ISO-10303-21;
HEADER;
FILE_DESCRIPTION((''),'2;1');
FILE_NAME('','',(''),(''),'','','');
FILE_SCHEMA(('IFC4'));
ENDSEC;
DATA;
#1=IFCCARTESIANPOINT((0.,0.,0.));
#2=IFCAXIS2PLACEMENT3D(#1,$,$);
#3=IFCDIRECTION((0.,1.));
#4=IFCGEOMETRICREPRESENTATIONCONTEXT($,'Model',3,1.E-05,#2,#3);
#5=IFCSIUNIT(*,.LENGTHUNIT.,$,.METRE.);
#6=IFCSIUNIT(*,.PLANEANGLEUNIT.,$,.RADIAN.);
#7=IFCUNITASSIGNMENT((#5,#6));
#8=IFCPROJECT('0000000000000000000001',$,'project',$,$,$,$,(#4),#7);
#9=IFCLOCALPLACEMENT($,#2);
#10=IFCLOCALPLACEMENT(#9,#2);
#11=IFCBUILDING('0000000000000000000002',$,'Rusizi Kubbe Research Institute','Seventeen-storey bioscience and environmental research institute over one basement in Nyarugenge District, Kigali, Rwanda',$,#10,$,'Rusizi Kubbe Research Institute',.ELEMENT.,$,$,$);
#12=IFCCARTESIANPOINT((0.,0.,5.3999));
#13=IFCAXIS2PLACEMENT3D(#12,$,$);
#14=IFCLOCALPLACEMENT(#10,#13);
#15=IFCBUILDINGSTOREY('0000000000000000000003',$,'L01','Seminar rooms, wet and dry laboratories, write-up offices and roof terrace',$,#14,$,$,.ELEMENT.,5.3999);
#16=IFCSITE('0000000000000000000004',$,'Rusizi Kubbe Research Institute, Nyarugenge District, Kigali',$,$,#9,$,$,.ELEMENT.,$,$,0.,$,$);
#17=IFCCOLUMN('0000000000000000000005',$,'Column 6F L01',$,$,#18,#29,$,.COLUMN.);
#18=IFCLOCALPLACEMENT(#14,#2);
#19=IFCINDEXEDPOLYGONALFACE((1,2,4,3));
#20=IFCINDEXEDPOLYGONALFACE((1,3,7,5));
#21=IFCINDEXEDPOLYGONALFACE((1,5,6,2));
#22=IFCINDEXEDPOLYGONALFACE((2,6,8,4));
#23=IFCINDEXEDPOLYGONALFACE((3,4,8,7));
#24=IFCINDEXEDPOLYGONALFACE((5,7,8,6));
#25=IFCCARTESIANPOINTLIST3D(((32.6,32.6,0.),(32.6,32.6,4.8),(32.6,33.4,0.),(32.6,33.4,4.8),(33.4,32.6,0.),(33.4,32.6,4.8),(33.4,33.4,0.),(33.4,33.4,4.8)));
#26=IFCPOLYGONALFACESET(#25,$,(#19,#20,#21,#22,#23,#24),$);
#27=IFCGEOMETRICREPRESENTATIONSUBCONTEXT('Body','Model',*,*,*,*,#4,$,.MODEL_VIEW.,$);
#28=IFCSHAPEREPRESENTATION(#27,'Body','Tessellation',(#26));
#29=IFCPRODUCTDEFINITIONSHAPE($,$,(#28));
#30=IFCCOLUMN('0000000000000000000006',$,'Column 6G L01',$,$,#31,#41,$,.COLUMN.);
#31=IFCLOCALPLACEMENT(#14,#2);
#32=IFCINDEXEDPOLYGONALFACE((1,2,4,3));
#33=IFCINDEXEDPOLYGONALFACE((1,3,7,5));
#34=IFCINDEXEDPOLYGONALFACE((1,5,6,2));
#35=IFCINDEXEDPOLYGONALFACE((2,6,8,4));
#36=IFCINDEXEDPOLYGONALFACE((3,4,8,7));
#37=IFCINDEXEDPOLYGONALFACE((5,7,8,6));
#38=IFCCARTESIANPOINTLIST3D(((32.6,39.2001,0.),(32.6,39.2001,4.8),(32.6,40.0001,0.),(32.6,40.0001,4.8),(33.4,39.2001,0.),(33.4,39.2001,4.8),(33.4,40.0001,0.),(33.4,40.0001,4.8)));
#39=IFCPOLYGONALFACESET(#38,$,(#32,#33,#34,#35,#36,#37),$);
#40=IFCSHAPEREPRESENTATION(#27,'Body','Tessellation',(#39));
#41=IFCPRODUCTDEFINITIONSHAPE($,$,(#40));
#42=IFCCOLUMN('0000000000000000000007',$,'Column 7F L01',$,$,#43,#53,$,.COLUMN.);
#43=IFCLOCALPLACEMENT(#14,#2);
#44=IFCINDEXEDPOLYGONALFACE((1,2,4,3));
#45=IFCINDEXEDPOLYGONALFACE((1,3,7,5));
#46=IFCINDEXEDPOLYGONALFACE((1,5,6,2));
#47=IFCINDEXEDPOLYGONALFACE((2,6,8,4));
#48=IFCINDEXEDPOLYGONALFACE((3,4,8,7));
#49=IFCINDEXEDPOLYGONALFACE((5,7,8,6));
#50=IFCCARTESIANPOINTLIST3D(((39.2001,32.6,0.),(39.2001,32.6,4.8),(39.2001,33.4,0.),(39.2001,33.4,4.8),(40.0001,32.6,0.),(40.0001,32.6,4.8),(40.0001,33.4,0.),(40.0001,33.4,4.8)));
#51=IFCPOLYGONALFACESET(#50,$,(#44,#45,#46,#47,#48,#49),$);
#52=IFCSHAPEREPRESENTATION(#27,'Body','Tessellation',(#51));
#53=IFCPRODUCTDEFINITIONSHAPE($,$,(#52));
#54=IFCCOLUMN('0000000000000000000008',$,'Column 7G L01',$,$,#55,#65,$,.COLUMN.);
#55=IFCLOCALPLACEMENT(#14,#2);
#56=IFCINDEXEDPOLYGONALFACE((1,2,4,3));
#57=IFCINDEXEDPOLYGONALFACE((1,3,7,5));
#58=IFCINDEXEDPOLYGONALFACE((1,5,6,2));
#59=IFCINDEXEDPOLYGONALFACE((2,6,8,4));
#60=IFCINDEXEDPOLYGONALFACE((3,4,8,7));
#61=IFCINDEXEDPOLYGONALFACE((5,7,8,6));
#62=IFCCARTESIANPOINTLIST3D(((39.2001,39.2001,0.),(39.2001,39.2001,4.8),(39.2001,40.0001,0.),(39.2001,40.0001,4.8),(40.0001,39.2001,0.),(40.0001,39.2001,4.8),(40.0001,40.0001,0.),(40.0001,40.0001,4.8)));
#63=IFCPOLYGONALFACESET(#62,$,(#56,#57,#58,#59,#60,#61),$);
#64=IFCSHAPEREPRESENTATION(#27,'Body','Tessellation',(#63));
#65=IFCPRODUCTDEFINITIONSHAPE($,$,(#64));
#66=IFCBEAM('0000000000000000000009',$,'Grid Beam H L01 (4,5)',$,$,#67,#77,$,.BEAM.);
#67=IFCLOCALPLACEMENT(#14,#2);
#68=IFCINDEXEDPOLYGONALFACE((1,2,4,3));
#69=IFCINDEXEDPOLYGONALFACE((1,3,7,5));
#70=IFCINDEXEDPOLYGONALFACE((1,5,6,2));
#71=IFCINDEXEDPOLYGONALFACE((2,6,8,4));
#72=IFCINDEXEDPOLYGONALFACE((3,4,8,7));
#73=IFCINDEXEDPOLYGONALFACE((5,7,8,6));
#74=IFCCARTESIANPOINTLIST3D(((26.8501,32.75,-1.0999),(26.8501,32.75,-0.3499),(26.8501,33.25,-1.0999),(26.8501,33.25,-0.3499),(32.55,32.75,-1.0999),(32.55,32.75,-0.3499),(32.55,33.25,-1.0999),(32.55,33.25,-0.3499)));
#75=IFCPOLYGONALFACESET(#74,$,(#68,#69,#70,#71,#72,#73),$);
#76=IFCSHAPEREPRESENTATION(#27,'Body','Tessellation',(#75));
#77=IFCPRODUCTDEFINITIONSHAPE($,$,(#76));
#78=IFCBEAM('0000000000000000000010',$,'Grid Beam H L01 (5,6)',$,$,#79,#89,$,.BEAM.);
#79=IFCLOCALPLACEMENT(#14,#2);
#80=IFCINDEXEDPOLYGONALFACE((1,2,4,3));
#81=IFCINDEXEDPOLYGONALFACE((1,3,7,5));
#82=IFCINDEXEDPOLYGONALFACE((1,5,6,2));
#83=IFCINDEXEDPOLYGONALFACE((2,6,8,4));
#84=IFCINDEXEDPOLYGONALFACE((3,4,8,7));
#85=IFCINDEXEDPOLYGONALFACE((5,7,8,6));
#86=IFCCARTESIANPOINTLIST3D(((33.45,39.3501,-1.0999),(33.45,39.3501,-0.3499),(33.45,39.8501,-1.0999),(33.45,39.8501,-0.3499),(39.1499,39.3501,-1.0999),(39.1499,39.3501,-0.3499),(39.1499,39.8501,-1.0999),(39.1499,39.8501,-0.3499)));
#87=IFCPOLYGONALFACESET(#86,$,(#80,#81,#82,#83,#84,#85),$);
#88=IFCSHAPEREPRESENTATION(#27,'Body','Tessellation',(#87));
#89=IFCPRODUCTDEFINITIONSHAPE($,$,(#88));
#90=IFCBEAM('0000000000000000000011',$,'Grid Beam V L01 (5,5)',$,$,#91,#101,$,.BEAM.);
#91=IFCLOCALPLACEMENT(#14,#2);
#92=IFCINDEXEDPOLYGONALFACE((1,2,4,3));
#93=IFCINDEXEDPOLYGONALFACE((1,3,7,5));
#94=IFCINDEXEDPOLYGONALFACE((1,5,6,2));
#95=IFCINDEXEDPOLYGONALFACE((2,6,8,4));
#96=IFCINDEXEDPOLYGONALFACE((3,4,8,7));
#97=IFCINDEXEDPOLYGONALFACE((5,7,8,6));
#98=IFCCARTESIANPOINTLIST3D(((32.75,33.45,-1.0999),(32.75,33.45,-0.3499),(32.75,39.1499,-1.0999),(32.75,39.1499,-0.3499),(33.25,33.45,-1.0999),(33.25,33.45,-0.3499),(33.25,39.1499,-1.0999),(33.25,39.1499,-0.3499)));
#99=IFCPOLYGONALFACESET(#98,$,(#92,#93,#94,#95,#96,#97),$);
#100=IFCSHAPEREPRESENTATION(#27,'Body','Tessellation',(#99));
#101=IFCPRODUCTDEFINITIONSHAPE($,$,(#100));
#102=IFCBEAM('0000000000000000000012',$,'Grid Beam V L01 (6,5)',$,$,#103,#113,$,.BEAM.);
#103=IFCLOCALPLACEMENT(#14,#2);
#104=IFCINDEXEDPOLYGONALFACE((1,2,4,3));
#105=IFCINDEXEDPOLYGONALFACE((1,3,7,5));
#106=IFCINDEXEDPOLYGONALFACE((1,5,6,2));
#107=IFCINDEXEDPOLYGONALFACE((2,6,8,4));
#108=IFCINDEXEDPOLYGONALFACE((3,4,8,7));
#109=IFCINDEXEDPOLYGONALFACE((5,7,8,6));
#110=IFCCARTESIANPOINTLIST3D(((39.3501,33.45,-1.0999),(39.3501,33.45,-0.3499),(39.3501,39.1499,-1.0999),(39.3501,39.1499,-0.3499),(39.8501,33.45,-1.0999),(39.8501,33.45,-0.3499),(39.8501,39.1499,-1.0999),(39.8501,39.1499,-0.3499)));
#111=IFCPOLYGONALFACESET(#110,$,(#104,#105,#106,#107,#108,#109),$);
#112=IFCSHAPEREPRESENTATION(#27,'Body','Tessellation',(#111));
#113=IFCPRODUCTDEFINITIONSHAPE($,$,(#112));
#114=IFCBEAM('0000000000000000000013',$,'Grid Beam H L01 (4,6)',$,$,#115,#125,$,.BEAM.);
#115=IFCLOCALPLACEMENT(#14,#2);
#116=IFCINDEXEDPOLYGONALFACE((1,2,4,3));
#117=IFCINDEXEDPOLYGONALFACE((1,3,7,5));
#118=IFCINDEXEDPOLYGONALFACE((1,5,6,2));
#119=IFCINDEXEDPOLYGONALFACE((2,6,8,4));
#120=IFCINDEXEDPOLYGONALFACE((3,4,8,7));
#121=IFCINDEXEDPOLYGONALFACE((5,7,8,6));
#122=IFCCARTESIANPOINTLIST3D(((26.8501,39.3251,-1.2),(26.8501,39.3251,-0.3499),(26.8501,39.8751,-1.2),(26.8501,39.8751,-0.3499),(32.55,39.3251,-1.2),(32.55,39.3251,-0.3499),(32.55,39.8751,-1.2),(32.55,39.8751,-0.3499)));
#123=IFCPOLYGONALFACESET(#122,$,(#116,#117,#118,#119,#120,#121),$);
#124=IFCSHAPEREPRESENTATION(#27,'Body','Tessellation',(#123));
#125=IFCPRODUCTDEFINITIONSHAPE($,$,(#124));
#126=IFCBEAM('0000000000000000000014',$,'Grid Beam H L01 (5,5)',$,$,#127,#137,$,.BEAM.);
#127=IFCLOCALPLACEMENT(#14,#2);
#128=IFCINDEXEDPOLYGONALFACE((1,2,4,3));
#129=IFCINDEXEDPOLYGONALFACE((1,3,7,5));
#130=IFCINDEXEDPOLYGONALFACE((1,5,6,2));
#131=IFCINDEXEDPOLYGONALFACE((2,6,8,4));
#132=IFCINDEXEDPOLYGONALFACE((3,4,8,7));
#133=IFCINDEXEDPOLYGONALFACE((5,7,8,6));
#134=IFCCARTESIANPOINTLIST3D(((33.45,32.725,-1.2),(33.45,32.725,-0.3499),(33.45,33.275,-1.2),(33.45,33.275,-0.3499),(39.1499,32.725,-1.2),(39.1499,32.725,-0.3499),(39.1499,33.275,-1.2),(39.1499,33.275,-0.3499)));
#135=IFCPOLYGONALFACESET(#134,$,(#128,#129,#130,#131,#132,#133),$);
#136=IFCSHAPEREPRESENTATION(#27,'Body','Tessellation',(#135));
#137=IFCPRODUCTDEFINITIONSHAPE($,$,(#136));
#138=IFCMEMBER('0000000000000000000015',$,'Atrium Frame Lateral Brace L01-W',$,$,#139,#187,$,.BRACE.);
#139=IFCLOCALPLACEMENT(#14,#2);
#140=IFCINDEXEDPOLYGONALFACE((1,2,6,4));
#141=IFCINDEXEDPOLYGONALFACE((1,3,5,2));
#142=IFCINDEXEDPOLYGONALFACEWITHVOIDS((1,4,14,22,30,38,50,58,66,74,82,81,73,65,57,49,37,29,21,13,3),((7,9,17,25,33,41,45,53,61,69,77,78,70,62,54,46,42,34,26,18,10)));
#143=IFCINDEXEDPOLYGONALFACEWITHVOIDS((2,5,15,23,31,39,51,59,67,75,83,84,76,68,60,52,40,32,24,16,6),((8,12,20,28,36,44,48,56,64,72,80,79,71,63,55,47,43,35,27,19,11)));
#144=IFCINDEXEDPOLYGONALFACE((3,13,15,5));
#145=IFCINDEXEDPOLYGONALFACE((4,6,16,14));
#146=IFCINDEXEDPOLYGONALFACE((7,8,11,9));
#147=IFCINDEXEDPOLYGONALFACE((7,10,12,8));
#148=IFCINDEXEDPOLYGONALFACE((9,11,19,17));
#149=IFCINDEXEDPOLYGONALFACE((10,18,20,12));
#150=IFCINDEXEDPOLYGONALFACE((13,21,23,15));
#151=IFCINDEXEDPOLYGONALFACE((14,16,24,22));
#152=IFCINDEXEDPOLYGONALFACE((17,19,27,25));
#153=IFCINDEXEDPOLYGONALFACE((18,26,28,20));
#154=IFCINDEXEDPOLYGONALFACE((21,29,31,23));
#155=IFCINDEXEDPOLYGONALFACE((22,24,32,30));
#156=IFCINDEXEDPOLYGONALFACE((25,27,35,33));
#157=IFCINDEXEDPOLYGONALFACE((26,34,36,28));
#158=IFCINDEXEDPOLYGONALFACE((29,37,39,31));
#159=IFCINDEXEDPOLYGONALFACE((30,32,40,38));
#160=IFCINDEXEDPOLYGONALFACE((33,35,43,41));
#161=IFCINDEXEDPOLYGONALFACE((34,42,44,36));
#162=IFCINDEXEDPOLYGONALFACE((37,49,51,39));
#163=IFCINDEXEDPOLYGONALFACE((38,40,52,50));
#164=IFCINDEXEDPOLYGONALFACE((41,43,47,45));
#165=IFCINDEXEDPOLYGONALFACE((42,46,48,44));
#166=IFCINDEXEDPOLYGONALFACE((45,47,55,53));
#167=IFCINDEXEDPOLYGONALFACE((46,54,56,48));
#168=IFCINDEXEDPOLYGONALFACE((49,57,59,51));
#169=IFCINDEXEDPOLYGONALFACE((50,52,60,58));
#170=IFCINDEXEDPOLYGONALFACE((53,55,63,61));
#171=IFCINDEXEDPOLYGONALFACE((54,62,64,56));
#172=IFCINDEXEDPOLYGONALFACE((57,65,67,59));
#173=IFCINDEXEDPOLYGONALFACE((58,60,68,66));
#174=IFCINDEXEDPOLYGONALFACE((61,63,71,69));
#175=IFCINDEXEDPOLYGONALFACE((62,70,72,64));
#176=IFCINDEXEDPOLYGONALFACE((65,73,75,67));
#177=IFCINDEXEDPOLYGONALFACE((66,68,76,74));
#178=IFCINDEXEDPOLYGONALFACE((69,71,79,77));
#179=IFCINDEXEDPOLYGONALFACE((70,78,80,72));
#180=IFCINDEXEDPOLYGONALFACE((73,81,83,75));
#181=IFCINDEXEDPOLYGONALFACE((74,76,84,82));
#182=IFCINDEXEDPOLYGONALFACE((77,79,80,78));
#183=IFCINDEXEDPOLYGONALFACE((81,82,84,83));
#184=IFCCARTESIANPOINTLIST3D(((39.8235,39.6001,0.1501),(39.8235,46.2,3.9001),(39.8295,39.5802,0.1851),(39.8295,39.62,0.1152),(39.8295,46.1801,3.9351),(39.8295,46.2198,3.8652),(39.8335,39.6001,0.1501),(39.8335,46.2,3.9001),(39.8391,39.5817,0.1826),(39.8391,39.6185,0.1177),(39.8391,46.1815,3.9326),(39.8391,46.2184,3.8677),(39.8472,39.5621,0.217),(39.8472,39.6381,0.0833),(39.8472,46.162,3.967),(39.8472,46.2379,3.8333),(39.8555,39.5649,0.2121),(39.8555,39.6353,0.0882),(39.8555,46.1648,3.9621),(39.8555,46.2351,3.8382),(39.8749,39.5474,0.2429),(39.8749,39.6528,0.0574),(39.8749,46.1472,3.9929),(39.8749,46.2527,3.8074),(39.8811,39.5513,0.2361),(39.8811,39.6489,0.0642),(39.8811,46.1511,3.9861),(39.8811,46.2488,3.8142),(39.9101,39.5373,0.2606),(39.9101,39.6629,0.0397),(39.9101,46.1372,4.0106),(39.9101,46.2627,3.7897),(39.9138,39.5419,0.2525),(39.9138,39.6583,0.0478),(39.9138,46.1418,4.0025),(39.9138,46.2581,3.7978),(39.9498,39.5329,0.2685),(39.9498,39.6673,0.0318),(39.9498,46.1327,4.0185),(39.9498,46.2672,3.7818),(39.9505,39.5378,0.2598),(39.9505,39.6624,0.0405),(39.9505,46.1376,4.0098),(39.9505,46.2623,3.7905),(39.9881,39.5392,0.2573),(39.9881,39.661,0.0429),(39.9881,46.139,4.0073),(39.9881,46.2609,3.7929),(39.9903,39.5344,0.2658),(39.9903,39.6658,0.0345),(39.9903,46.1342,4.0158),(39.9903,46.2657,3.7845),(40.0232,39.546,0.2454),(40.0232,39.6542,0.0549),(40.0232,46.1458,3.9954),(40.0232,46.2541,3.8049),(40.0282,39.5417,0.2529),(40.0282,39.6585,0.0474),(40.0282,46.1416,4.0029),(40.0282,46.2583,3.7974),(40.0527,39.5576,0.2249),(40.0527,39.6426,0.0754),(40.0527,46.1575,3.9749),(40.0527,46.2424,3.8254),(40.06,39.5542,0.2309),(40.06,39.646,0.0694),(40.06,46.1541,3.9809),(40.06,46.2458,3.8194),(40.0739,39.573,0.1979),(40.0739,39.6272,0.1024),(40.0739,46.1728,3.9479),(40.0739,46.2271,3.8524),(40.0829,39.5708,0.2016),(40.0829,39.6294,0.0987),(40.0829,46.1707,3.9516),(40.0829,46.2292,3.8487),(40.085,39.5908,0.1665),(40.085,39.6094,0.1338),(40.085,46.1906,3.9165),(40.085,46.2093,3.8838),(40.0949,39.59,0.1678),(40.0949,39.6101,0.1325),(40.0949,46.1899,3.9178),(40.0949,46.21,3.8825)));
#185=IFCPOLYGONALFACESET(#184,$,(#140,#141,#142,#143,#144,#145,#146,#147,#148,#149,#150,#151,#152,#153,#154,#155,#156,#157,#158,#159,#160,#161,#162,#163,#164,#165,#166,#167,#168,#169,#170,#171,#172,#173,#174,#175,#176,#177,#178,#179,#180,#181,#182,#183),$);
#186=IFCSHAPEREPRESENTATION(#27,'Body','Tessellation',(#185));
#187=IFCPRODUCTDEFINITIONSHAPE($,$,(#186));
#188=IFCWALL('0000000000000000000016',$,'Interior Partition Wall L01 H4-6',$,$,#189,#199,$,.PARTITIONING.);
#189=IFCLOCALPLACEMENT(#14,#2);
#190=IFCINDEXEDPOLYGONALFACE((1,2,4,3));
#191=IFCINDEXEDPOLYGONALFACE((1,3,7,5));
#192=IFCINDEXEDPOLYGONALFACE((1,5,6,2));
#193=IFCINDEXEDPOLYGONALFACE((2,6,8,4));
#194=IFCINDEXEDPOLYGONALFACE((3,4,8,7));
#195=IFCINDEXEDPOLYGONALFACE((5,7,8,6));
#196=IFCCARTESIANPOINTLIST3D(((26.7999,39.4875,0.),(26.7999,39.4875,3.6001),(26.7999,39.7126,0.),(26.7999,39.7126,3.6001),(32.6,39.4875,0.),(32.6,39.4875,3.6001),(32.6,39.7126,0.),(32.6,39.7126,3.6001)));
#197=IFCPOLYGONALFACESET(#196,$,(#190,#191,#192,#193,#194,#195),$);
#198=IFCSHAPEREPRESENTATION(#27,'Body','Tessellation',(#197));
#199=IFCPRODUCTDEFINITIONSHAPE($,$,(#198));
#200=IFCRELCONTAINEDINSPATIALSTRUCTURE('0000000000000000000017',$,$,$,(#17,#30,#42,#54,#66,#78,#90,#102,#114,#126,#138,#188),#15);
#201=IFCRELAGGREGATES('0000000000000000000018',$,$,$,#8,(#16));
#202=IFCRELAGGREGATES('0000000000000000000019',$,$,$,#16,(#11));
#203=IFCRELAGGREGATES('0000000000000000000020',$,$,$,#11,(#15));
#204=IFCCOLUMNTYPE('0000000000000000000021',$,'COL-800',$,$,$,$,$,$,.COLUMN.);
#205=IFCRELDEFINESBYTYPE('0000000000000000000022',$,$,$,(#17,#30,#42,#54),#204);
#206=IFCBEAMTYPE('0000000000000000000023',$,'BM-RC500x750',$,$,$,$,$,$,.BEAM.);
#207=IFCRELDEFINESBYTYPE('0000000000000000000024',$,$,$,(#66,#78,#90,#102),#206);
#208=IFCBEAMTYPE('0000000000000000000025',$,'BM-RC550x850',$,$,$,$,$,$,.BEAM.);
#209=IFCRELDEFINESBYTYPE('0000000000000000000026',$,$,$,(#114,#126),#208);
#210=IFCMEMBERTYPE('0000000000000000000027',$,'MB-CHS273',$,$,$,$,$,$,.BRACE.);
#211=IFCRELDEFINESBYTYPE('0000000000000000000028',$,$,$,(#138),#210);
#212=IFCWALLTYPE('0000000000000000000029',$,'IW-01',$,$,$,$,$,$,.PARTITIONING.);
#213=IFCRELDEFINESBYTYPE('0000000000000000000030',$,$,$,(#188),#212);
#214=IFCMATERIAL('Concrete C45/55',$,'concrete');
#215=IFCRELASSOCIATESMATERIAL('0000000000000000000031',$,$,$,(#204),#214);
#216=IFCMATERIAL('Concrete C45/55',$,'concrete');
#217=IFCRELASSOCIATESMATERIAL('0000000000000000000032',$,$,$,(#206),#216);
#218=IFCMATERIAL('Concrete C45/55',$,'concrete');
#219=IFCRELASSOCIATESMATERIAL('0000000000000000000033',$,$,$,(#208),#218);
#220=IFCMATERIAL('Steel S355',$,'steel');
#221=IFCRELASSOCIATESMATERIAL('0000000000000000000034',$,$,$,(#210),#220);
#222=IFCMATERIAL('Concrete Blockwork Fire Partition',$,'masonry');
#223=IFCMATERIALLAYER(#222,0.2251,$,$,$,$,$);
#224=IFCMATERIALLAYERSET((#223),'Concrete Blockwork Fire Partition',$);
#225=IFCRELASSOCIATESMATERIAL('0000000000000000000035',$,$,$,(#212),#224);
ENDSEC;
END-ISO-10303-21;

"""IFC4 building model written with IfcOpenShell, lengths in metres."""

from ifc_helpers import new_model, si_unit, direction, frame, frame_2d, origin, origin_2d, place, context, subcontext, project, spatial, rectangle, hollow_circle, extrude, material, layer, layer_set, material_profile, profile_set, type_object, element, save


model = new_model("IFC4")

# Units and contexts
model_context = context("Model", 3, precision=1e-05, world=origin(), true_north=direction((0.0, 1.0)))
body_context = subcontext(model_context, "Body", "Model", "MODEL_VIEW")
ifc_project = project(units=[si_unit("LENGTHUNIT", "METRE"), si_unit("PLANEANGLEUNIT", "RADIAN")], contexts=[model_context])

# Site, building, storey
site_placement = place(None, origin())
site = spatial("IfcSite", under=ifc_project, at=site_placement, Name="Rusizi Kubbe Research Institute, Nyarugenge District, Kigali", CompositionType="ELEMENT", RefElevation=0.0)
building_placement = place(site_placement, origin())
building = spatial("IfcBuilding", under=site, at=building_placement, Name="Rusizi Kubbe Research Institute", Description="Seventeen-storey bioscience and environmental research institute over one basement in Nyarugenge District, Kigali, Rwanda", LongName="Rusizi Kubbe Research Institute", CompositionType="ELEMENT")
storey_placement = place(building_placement, frame((0.0, 0.0, 5.3999)))
storey = spatial("IfcBuildingStorey", under=building, at=storey_placement, Name="L01", Description="Seminar rooms, wet and dry laboratories, write-up offices and roof terrace", CompositionType="ELEMENT", Elevation=5.3999)

# Columns
ifc_material_1 = material(Name="Concrete C45/55", Category="concrete")
ifc_material_profile_1 = material_profile(ifc_material_1, rectangle(XDim=0.8, YDim=0.8, at=origin_2d()), Name="RC800x800")
ifc_profile_set_1 = profile_set([ifc_material_profile_1], Name="Concrete C45/55")
column_type = type_object("IfcColumnType", Name="COL-800", PredefinedType="COLUMN", material=ifc_profile_set_1)
for number, where, z_axis, x_axis, name in (
    (1, (33.0, 33.0, 0.0), (0.0, 0.0, 1.0), (1.0, 0.0, 0.0), "Column 6F L01"),
    (2, (33.0, 39.6001, 0.0), (0.0, 0.0, 1.0), (1.0, 0.0, 0.0), "Column 6G L01"),
    (3, (39.6001, 33.0, 0.0), (0.0, 0.0, 1.0), (1.0, 0.0, 0.0), "Column 7F L01"),
    (4, (39.6001, 39.6001, 0.0), (0.0, 0.0, 1.0), (1.0, 0.0, 0.0), "Column 7G L01"),
):
    element("IfcColumn", number, at=place(storey_placement, frame(where, z_axis=z_axis, x_axis=x_axis)), inside=storey, type_object=column_type, Name=name, PredefinedType="COLUMN", context=body_context, shape_type="SweptSolid", body=[
        extrude(rectangle(XDim=0.8, YDim=0.8, at=origin_2d()), origin(), (0.0, 0.0, 1.0), 4.8),
    ])

# Beams
ifc_material_2 = material(Name="Concrete C45/55", Category="concrete")
ifc_material_profile_2 = material_profile(ifc_material_2, rectangle(XDim=0.5, YDim=0.75, at=origin_2d()), Name="RC500x750B")
ifc_profile_set_2 = profile_set([ifc_material_profile_2], Name="Concrete C45/55")
beam_type_1 = type_object("IfcBeamType", Name="BM-RC500x750", PredefinedType="BEAM", material=ifc_profile_set_2)
for number, where, z_axis, x_axis, name in (
    (5, (26.8501, 33.0, -0.7249), (1.0, 0.0, 0.0), (0.0, 1.0, 0.0), "Grid Beam H L01 (4,5)"),
    (6, (33.45, 39.6001, -0.7249), (1.0, 0.0, 0.0), (0.0, 1.0, 0.0), "Grid Beam H L01 (5,6)"),
    (7, (33.0, 33.45, -0.7249), (0.0, 1.0, 0.0), (-1.0, 0.0, 0.0), "Grid Beam V L01 (5,5)"),
    (8, (39.6001, 33.45, -0.7249), (0.0, 1.0, 0.0), (-1.0, 0.0, 0.0), "Grid Beam V L01 (6,5)"),
):
    element("IfcBeam", number, at=place(storey_placement, frame(where, z_axis=z_axis, x_axis=x_axis)), inside=storey, type_object=beam_type_1, Name=name, PredefinedType="BEAM", context=body_context, shape_type="SweptSolid", body=[
        extrude(rectangle(XDim=0.5, YDim=0.75, at=origin_2d()), origin(), (0.0, 0.0, 1.0), 5.7),
    ])
ifc_material_3 = material(Name="Concrete C45/55", Category="concrete")
ifc_material_profile_3 = material_profile(ifc_material_3, rectangle(XDim=0.55, YDim=0.8501, at=origin_2d()), Name="RC550x850")
ifc_profile_set_3 = profile_set([ifc_material_profile_3], Name="Concrete C45/55")
beam_type_2 = type_object("IfcBeamType", Name="BM-RC550x850", PredefinedType="BEAM", material=ifc_profile_set_3)
for number, where, z_axis, x_axis, name in (
    (9, (26.8501, 39.6001, -0.7749), (1.0, 0.0, 0.0), (0.0, 1.0, 0.0), "Grid Beam H L01 (4,6)"),
    (10, (33.45, 33.0, -0.7749), (1.0, 0.0, 0.0), (0.0, 1.0, 0.0), "Grid Beam H L01 (5,5)"),
):
    element("IfcBeam", number, at=place(storey_placement, frame(where, z_axis=z_axis, x_axis=x_axis)), inside=storey, type_object=beam_type_2, Name=name, PredefinedType="BEAM", context=body_context, shape_type="SweptSolid", body=[
        extrude(rectangle(XDim=0.55, YDim=0.8501, at=origin_2d()), origin(), (0.0, 0.0, 1.0), 5.7),
    ])

# Member
ifc_material_4 = material(Name="Steel S355", Category="steel")
ifc_material_profile_4 = material_profile(ifc_material_4, hollow_circle(Radius=0.1365, WallThickness=0.01, at=origin_2d()), Name="CHS 273.0x10.0")
ifc_profile_set_4 = profile_set([ifc_material_profile_4], Name="Steel S355")
member_type = type_object("IfcMemberType", Name="MB-CHS273", PredefinedType="BRACE", material=ifc_profile_set_4)
member_placement = place(storey_placement, frame((39.96, 39.6001, 0.1501), z_axis=(0.0, 0.869452, 0.494018), x_axis=(-1.0, 0.0, 0.0)))
element("IfcMember", 11, at=member_placement, inside=storey, type_object=member_type, Name="Atrium Frame Lateral Brace L01-W", PredefinedType="BRACE", context=body_context, shape_type="SweptSolid", body=[
    extrude(hollow_circle(Radius=0.1365, WallThickness=0.01, at=origin_2d()), origin(), (0.0, 0.0, 1.0), 7.5908),
])

# Wall
ifc_material_5 = material(Name="Concrete Blockwork Fire Partition", Category="masonry")
ifc_layer_1 = layer(ifc_material_5, 0.2251)
ifc_layer_set_1 = layer_set([ifc_layer_1], Name="Concrete Blockwork Fire Partition")
wall_type_1 = type_object("IfcWallType", Name="IW-01", PredefinedType="PARTITIONING", material=ifc_layer_set_1)
wall_1_placement = place(storey_placement, frame((26.8, 39.6001, 0.0), z_axis=(0.0, 0.0, 1.0), x_axis=(1.0, 0.0, 0.0)))
element("IfcWall", 12, at=wall_1_placement, inside=storey, type_object=wall_type_1, Name="Interior Partition Wall L01 H4-6", PredefinedType="PARTITIONING", context=body_context, shape_type="SweptSolid", body=[
    extrude(rectangle(XDim=5.8, YDim=0.2251, at=frame_2d((2.8999, 0.0))), origin(), (0.0, 0.0, 1.0), 3.6001),
])

save(model, "model.ifc")
